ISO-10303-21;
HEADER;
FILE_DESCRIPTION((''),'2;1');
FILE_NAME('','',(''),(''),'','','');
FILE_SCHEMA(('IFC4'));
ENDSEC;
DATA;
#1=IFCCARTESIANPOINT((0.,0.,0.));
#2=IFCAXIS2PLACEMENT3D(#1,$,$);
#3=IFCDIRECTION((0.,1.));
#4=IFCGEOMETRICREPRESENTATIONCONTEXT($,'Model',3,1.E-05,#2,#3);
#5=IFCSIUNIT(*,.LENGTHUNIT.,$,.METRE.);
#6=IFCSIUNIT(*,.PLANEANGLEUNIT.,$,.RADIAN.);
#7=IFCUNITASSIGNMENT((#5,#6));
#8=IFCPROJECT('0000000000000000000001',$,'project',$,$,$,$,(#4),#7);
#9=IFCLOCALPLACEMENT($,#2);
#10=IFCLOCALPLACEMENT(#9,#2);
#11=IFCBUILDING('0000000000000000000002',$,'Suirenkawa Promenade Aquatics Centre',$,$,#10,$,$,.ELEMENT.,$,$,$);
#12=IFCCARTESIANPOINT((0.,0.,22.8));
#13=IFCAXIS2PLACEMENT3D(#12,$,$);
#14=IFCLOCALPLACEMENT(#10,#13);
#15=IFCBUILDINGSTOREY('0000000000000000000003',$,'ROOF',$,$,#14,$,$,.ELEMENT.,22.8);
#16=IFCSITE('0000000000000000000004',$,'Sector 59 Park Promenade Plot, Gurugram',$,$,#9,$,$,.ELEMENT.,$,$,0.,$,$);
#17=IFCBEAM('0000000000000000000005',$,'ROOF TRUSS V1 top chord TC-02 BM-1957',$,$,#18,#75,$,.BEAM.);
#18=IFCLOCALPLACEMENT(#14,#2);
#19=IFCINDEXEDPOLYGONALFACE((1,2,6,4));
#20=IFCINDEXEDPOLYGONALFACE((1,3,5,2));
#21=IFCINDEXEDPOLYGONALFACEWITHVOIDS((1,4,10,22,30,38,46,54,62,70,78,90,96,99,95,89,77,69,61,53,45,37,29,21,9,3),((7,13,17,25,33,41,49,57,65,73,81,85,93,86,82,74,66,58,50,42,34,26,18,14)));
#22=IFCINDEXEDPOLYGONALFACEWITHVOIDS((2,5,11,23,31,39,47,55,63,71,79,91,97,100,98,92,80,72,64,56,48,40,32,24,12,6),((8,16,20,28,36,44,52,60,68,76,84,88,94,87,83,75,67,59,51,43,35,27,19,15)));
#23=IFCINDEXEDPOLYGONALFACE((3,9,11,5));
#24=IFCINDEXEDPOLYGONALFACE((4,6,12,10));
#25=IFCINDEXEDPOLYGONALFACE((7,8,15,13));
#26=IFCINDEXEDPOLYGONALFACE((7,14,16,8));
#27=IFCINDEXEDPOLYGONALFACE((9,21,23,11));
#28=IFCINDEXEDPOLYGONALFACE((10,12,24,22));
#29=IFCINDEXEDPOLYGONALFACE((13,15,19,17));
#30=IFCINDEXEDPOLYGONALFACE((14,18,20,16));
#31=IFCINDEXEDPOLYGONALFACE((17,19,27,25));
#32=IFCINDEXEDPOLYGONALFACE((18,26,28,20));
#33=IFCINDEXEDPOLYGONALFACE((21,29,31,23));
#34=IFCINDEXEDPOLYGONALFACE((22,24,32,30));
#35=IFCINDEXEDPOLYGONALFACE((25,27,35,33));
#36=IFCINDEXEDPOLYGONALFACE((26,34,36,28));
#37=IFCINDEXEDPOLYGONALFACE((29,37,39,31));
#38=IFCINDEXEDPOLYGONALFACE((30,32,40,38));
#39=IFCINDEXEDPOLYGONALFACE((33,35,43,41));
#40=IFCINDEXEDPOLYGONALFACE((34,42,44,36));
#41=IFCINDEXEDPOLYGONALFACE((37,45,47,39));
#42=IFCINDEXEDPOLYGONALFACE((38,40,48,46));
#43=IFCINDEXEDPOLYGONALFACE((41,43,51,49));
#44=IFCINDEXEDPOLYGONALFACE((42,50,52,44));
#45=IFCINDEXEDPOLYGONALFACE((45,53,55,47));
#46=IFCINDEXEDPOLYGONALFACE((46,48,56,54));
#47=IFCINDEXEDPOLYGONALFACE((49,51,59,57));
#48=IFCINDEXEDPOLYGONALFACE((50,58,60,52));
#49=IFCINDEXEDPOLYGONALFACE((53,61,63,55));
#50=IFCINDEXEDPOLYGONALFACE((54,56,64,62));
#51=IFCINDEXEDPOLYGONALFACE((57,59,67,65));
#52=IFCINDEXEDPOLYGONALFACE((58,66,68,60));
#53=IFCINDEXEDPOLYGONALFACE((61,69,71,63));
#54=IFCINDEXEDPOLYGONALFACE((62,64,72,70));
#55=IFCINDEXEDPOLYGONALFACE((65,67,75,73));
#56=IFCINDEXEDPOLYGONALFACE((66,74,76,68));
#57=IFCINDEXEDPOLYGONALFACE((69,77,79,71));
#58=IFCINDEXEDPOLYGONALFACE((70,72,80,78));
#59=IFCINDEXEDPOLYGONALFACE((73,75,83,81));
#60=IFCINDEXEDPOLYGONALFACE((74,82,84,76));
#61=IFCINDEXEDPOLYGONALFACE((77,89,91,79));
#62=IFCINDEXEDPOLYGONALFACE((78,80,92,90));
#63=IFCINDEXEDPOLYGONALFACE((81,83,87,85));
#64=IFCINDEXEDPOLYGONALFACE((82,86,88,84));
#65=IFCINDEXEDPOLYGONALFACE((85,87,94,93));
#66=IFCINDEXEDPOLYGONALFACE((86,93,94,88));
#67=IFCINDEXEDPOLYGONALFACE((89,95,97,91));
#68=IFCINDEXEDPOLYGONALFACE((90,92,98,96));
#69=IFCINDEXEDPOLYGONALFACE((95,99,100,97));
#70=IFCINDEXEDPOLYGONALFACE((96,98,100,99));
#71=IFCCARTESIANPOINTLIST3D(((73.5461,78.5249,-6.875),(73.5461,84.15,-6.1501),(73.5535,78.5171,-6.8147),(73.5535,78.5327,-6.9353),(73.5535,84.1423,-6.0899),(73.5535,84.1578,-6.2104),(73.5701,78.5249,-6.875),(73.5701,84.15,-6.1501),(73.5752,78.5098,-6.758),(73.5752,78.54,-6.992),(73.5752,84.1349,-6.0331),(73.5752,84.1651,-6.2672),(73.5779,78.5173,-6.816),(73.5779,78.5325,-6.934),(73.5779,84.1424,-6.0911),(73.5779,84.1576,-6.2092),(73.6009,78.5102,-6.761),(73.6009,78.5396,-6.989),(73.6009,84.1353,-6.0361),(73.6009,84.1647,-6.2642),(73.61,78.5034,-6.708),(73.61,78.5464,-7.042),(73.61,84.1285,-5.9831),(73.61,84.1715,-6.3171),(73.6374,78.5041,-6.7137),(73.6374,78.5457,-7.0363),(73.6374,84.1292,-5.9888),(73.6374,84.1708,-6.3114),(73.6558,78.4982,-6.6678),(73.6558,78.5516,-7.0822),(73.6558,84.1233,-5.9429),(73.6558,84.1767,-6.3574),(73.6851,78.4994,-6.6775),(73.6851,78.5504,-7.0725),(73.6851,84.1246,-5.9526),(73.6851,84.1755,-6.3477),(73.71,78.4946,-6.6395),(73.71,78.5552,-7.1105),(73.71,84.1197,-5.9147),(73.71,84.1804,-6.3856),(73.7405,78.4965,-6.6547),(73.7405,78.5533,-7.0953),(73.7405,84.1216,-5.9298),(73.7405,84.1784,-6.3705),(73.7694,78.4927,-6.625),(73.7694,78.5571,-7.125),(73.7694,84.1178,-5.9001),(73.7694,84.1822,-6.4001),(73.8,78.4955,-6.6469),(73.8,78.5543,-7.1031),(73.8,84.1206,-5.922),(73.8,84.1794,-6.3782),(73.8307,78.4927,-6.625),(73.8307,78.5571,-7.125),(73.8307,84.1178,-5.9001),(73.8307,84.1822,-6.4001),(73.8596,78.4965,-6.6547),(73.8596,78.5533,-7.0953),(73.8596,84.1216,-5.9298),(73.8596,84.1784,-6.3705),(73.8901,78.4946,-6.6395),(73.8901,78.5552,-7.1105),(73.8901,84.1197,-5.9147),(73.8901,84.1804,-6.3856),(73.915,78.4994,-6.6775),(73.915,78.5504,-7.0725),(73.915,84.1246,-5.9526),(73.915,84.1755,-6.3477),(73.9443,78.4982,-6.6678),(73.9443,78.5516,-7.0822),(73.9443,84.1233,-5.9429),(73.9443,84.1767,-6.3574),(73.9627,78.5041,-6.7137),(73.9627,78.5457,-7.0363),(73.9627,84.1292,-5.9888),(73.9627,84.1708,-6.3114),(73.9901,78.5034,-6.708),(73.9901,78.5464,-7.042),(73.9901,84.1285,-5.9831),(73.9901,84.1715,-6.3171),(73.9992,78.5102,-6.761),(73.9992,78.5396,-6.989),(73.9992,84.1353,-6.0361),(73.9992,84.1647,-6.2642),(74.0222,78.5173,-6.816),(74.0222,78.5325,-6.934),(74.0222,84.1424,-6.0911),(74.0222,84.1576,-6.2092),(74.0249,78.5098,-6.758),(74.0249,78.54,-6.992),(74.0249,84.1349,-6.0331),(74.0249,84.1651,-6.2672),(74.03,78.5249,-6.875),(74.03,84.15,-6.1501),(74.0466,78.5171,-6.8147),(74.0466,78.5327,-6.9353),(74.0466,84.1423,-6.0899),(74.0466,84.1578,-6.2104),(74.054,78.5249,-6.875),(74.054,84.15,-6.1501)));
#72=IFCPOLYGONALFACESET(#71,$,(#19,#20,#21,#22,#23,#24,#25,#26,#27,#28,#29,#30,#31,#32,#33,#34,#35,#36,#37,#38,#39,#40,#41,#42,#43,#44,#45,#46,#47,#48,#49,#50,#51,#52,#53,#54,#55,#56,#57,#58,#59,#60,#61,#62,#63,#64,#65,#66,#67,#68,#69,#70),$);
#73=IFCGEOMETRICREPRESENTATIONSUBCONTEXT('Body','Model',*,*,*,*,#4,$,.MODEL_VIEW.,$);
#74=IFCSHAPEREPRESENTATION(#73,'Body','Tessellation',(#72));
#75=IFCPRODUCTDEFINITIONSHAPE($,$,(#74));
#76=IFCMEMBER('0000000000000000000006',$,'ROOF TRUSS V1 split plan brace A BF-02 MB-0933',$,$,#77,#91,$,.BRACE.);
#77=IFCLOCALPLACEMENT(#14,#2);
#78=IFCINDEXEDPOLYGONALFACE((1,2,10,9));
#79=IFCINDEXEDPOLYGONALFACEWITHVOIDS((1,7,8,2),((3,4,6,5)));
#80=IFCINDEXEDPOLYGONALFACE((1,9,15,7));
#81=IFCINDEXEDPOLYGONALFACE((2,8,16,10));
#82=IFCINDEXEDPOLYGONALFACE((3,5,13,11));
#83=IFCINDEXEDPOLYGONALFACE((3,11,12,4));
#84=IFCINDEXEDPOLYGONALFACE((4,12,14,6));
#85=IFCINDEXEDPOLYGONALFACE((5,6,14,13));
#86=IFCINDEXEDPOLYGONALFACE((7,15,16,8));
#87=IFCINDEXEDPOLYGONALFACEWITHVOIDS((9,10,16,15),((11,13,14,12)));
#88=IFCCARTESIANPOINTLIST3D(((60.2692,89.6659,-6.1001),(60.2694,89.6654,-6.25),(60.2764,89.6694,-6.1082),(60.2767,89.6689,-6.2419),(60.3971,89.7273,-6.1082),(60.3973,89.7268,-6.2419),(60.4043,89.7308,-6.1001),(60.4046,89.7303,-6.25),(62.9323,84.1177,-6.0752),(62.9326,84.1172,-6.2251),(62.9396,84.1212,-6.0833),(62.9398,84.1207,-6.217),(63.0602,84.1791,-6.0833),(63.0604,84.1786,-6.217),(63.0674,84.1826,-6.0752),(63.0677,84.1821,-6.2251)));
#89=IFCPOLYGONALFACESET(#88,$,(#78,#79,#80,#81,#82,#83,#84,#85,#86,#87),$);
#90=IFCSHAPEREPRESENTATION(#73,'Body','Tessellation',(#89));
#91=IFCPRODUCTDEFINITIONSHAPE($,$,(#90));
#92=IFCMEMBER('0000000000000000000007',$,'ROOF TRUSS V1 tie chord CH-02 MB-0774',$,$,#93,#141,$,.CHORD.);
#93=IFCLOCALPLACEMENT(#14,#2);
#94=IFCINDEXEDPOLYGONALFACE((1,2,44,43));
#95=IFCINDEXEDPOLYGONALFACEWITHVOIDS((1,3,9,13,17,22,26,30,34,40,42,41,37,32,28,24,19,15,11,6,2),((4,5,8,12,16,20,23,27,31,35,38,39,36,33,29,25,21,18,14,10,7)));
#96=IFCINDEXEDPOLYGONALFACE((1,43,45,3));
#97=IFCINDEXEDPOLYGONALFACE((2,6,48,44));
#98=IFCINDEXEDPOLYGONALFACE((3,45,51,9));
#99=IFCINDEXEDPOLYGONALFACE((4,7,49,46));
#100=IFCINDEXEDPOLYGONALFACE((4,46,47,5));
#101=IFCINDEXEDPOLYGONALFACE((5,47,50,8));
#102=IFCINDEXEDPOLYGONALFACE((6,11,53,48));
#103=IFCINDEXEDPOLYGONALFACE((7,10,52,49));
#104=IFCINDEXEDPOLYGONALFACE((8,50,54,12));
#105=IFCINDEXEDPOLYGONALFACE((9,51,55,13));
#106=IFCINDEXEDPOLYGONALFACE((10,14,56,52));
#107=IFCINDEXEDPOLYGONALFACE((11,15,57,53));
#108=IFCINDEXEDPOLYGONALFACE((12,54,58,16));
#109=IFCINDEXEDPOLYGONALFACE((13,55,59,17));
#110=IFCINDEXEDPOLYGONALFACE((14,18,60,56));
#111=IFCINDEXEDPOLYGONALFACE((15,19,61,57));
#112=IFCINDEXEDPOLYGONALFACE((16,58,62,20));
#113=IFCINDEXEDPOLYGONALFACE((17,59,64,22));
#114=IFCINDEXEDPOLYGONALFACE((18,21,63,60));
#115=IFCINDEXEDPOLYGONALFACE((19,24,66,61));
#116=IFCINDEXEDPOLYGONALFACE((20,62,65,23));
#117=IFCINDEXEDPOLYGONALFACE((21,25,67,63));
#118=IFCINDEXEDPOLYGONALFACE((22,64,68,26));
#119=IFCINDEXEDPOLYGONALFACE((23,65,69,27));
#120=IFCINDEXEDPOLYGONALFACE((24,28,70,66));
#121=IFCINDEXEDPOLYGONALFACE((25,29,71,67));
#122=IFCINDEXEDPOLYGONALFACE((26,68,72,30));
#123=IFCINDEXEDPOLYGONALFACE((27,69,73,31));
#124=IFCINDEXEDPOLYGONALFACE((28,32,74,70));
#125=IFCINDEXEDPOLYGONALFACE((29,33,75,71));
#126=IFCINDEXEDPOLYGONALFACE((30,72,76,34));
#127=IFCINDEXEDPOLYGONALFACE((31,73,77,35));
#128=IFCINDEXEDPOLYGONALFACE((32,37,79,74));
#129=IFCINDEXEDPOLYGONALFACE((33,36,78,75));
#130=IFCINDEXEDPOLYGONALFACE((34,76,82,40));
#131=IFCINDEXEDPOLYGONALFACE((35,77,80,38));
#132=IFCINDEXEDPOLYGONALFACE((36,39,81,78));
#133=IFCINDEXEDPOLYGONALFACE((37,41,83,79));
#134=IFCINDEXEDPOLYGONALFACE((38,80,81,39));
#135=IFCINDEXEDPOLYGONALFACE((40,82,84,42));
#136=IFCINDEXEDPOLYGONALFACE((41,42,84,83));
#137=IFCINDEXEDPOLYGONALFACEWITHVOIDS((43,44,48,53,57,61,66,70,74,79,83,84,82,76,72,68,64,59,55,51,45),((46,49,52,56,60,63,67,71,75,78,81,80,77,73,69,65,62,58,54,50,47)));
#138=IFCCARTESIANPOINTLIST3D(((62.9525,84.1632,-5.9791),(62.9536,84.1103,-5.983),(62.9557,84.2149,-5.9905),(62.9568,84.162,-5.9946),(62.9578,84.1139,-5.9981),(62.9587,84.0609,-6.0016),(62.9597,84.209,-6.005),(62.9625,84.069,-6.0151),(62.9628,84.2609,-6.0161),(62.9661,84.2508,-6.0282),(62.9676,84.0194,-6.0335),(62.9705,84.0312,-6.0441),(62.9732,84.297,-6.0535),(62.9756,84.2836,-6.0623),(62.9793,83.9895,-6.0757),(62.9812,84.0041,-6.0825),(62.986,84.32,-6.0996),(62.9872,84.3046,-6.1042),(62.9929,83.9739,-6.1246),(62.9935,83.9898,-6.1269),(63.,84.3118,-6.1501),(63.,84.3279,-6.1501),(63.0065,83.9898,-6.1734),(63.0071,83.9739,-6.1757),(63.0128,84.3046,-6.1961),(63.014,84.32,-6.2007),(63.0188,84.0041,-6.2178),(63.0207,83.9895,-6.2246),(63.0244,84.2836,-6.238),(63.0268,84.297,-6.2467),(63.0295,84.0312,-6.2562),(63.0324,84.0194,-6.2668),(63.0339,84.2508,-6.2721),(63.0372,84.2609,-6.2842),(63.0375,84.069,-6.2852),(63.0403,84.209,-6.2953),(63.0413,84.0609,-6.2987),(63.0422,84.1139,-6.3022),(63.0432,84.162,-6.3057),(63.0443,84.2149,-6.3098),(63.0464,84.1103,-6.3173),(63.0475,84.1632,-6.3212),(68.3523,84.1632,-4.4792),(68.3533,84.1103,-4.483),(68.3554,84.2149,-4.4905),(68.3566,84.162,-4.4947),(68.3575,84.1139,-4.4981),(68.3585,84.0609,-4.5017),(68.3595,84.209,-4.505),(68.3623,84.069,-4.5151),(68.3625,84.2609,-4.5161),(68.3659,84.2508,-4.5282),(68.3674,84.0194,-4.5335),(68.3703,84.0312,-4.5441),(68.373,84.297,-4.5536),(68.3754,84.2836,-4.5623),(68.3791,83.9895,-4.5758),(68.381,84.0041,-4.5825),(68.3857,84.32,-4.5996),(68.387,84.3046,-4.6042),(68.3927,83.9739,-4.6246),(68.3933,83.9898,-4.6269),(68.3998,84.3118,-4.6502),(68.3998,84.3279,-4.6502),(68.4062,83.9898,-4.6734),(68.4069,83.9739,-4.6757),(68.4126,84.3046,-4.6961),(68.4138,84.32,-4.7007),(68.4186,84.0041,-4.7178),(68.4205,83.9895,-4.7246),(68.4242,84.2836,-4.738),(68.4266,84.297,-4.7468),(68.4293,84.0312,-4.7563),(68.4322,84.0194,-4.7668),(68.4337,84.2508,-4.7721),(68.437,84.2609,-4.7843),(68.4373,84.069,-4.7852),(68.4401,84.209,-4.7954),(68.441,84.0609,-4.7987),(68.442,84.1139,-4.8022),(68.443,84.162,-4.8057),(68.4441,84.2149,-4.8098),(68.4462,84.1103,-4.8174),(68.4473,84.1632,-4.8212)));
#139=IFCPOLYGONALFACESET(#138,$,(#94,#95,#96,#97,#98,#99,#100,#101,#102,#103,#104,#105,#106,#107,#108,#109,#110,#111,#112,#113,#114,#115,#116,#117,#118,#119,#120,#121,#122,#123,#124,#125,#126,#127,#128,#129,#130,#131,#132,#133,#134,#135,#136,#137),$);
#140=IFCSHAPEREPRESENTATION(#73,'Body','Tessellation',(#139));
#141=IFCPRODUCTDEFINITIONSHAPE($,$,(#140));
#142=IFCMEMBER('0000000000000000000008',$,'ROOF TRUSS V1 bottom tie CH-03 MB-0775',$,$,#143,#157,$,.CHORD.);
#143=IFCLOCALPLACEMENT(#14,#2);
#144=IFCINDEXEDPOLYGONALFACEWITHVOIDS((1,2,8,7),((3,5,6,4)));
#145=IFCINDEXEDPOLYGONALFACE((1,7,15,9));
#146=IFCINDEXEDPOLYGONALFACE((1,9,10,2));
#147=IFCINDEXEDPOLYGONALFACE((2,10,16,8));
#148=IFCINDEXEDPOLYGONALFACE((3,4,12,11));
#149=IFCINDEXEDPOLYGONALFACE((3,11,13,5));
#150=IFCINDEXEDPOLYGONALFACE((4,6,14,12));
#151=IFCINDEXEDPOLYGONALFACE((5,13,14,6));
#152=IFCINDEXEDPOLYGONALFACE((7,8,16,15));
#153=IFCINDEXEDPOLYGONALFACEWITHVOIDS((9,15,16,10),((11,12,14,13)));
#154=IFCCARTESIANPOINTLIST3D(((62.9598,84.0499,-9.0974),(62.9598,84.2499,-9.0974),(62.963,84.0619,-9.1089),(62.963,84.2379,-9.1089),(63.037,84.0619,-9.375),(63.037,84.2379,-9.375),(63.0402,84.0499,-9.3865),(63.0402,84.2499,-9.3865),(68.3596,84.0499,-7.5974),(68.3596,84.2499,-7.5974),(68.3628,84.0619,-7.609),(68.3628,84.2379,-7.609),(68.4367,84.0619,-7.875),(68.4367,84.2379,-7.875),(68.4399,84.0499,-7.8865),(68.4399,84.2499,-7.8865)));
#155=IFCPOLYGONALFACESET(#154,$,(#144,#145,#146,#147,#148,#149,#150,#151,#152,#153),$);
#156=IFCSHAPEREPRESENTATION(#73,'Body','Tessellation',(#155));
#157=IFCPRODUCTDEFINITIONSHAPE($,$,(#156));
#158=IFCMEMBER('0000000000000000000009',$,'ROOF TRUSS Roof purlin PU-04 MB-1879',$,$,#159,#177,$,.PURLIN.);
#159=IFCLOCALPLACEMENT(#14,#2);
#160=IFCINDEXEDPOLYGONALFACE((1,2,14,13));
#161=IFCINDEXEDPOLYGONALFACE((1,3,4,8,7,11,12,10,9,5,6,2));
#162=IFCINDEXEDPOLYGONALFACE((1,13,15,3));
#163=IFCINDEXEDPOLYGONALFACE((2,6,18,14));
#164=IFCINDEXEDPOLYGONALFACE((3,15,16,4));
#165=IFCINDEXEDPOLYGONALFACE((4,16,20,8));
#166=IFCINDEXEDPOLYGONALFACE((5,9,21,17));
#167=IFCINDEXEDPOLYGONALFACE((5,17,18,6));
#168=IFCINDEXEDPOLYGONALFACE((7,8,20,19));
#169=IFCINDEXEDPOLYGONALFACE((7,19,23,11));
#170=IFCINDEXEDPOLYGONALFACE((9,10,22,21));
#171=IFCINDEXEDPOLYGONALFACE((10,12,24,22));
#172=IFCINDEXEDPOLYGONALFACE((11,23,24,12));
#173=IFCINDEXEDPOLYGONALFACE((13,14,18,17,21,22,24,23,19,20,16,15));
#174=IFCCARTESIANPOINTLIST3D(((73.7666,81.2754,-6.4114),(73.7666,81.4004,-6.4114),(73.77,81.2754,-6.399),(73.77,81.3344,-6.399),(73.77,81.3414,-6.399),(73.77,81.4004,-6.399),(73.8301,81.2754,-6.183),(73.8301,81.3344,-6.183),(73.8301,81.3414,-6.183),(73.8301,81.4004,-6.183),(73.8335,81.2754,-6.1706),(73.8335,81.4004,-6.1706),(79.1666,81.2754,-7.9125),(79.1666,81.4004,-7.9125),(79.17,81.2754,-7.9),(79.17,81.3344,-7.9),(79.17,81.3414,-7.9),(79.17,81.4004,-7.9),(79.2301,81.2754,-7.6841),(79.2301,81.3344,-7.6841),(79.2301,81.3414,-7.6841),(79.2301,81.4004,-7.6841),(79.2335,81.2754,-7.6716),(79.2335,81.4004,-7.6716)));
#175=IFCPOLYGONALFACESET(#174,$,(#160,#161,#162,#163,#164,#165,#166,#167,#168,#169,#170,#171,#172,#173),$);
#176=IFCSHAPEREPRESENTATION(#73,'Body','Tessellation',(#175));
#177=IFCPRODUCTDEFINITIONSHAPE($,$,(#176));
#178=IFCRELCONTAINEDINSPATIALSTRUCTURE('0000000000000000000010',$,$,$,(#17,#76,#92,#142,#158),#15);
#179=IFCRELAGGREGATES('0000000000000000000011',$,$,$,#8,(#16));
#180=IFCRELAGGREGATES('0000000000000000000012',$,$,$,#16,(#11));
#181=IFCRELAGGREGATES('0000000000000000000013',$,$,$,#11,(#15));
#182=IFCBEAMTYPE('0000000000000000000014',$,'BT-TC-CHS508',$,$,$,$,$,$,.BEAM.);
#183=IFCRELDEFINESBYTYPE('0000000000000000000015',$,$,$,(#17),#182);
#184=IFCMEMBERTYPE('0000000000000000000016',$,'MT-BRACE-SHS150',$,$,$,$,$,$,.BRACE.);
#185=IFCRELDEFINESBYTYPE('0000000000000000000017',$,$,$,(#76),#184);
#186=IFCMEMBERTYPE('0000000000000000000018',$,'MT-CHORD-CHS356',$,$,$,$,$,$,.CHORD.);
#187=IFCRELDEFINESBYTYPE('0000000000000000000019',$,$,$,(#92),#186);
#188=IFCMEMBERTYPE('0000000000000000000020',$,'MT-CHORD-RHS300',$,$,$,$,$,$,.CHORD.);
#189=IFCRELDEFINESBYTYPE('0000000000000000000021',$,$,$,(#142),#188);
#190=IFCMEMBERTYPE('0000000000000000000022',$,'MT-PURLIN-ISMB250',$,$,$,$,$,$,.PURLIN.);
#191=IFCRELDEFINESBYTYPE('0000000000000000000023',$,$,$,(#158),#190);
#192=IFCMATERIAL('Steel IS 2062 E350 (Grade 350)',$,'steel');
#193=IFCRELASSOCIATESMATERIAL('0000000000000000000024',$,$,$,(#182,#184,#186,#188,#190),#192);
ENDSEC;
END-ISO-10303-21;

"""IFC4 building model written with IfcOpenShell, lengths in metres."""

from ifc_helpers import new_model, si_unit, direction, frame, origin, origin_2d, place, context, subcontext, project, spatial, hollow_rectangle, hollow_circle, i_section, extrude, material, material_profile, profile_set, type_object, element, save


model = new_model("IFC4")

# Units and contexts
model_context = context("Model", 3, precision=1e-05, world=origin(), true_north=direction((0.0, 1.0)))
body_context = subcontext(model_context, "Body", "Model", "MODEL_VIEW")
ifc_project = project(units=[si_unit("LENGTHUNIT", "METRE"), si_unit("PLANEANGLEUNIT", "RADIAN")], contexts=[model_context])

# Site, building, storey
site_placement = place(None, origin())
site = spatial("IfcSite", under=ifc_project, at=site_placement, Name="Sector 59 Park Promenade Plot, Gurugram", CompositionType="ELEMENT", RefElevation=0.0)
building_placement = place(site_placement, origin())
building = spatial("IfcBuilding", under=site, at=building_placement, Name="Suirenkawa Promenade Aquatics Centre", CompositionType="ELEMENT")
storey_placement = place(building_placement, frame((0.0, 0.0, 22.8)))
storey = spatial("IfcBuildingStorey", under=building, at=storey_placement, Name="ROOF", CompositionType="ELEMENT", Elevation=22.8)

# Beam
ifc_material = material(Name="Steel IS 2062 E350 (Grade 350)", Category="steel")
ifc_material_profile_1 = material_profile(ifc_material, hollow_circle(Radius=0.2539, WallThickness=0.0239, at=origin_2d()), Name="CHS 508x24", Category="steel")
ifc_profile_set_1 = profile_set([ifc_material_profile_1], Name="Steel IS 2062 E350 (Grade 350)")
beam_type_1 = type_object("IfcBeamType", Name="BT-TC-CHS508", PredefinedType="BEAM", material=ifc_profile_set_1)
for number, where, z_axis, x_axis, name in (
    (1, (73.8, 78.5249, -6.875), (0.0, 0.991799, 0.127806), (-1.0, 0.0, 0.0), "ROOF TRUSS V1 top chord TC-02 BM-1957"),
):
    element("IfcBeam", number, at=place(storey_placement, frame(where, z_axis=z_axis, x_axis=x_axis)), inside=storey, type_object=beam_type_1, Name=name, PredefinedType="BEAM", context=body_context, shape_type="SweptSolid", body=[
        extrude(hollow_circle(Radius=0.2539, WallThickness=0.0239, at=origin_2d()), origin(), (0.0, 0.0, 1.0), 5.6716),
    ])

# Members
ifc_material_profile_2 = material_profile(ifc_material, hollow_rectangle(XDim=0.1499, YDim=0.1499, WallThickness=0.0081, at=origin_2d()), Name="SHS 150x150x8", Category="steel")
ifc_profile_set_2 = profile_set([ifc_material_profile_2], Name="Steel IS 2062 E350 (Grade 350)")
member_type_1 = type_object("IfcMemberType", Name="MT-BRACE-SHS150", PredefinedType="BRACE", material=ifc_profile_set_2)
member_1_placement = place(storey_placement, frame((63.0, 84.1499, -6.1501), z_axis=(-0.432728, 0.901516, -0.004046), x_axis=(-0.901523, -0.432731, 0.0)))
element("IfcMember", 2, at=member_1_placement, inside=storey, type_object=member_type_1, Name="ROOF TRUSS V1 split plan brace A BF-02 MB-0933", PredefinedType="BRACE", context=body_context, shape_type="SweptSolid", body=[
    extrude(hollow_rectangle(XDim=0.1499, YDim=0.1499, WallThickness=0.0081, at=origin_2d()), origin(), (0.0, 0.0, 1.0), 6.1543),
])
ifc_material_profile_3 = material_profile(ifc_material, hollow_circle(Radius=0.178, WallThickness=0.0161, at=origin_2d()), Name="CHS 356x16", Category="steel")
ifc_profile_set_3 = profile_set([ifc_material_profile_3], Name="Steel IS 2062 E350 (Grade 350)")
member_type_2 = type_object("IfcMemberType", Name="MT-CHORD-CHS356", PredefinedType="CHORD", material=ifc_profile_set_3)
member_2_placement = place(storey_placement, frame((63.0, 84.1499, -6.1501), z_axis=(0.963517, 0.0, 0.267648), x_axis=(0.0, 1.0, 0.0)))
element("IfcMember", 3, at=member_2_placement, inside=storey, type_object=member_type_2, Name="ROOF TRUSS V1 tie chord CH-02 MB-0774", PredefinedType="CHORD", context=body_context, shape_type="SweptSolid", body=[
    extrude(hollow_circle(Radius=0.178, WallThickness=0.0161, at=origin_2d()), origin(), (0.0, 0.0, 1.0), 5.6042),
])
ifc_material_profile_4 = material_profile(ifc_material, hollow_rectangle(XDim=0.2, YDim=0.3, WallThickness=0.012, at=origin_2d()), Name="RHS 300x200x12", Category="steel")
ifc_profile_set_4 = profile_set([ifc_material_profile_4], Name="Steel IS 2062 E350 (Grade 350)")
member_type_3 = type_object("IfcMemberType", Name="MT-CHORD-RHS300", PredefinedType="CHORD", material=ifc_profile_set_4)
member_3_placement = place(storey_placement, frame((63.0, 84.1499, -9.2419), z_axis=(0.963517, 0.0, 0.267648), x_axis=(0.0, 1.0, 0.0)))
element("IfcMember", 4, at=member_3_placement, inside=storey, type_object=member_type_3, Name="ROOF TRUSS V1 bottom tie CH-03 MB-0775", PredefinedType="CHORD", context=body_context, shape_type="SweptSolid", body=[
    extrude(hollow_rectangle(XDim=0.2, YDim=0.3, WallThickness=0.012, at=origin_2d()), origin(), (0.0, 0.0, 1.0), 5.6042),
])
ifc_material_profile_5 = material_profile(ifc_material, i_section(OverallWidth=0.125, OverallDepth=0.25, WebThickness=0.0071, FlangeThickness=0.0129, at=origin_2d()), Name="ISMB 250", Category="steel")
ifc_profile_set_5 = profile_set([ifc_material_profile_5], Name="Steel IS 2062 E350 (Grade 350)")
member_type_4 = type_object("IfcMemberType", Name="MT-PURLIN-ISMB250", PredefinedType="PURLIN", material=ifc_profile_set_5)
member_4_placement = place(storey_placement, frame((73.8, 81.3379, -6.291), z_axis=(0.963472, 0.0, -0.26781), x_axis=(0.0, 1.0, 0.0)))
element("IfcMember", 5, at=member_4_placement, inside=storey, type_object=member_type_4, Name="ROOF TRUSS Roof purlin PU-04 MB-1879", PredefinedType="PURLIN", context=body_context, shape_type="SweptSolid", body=[
    extrude(i_section(OverallWidth=0.125, OverallDepth=0.25, WebThickness=0.0071, FlangeThickness=0.0129, at=origin_2d()), origin(), (0.0, 0.0, 1.0), 5.6047),
])

save(model, "model.ifc")
